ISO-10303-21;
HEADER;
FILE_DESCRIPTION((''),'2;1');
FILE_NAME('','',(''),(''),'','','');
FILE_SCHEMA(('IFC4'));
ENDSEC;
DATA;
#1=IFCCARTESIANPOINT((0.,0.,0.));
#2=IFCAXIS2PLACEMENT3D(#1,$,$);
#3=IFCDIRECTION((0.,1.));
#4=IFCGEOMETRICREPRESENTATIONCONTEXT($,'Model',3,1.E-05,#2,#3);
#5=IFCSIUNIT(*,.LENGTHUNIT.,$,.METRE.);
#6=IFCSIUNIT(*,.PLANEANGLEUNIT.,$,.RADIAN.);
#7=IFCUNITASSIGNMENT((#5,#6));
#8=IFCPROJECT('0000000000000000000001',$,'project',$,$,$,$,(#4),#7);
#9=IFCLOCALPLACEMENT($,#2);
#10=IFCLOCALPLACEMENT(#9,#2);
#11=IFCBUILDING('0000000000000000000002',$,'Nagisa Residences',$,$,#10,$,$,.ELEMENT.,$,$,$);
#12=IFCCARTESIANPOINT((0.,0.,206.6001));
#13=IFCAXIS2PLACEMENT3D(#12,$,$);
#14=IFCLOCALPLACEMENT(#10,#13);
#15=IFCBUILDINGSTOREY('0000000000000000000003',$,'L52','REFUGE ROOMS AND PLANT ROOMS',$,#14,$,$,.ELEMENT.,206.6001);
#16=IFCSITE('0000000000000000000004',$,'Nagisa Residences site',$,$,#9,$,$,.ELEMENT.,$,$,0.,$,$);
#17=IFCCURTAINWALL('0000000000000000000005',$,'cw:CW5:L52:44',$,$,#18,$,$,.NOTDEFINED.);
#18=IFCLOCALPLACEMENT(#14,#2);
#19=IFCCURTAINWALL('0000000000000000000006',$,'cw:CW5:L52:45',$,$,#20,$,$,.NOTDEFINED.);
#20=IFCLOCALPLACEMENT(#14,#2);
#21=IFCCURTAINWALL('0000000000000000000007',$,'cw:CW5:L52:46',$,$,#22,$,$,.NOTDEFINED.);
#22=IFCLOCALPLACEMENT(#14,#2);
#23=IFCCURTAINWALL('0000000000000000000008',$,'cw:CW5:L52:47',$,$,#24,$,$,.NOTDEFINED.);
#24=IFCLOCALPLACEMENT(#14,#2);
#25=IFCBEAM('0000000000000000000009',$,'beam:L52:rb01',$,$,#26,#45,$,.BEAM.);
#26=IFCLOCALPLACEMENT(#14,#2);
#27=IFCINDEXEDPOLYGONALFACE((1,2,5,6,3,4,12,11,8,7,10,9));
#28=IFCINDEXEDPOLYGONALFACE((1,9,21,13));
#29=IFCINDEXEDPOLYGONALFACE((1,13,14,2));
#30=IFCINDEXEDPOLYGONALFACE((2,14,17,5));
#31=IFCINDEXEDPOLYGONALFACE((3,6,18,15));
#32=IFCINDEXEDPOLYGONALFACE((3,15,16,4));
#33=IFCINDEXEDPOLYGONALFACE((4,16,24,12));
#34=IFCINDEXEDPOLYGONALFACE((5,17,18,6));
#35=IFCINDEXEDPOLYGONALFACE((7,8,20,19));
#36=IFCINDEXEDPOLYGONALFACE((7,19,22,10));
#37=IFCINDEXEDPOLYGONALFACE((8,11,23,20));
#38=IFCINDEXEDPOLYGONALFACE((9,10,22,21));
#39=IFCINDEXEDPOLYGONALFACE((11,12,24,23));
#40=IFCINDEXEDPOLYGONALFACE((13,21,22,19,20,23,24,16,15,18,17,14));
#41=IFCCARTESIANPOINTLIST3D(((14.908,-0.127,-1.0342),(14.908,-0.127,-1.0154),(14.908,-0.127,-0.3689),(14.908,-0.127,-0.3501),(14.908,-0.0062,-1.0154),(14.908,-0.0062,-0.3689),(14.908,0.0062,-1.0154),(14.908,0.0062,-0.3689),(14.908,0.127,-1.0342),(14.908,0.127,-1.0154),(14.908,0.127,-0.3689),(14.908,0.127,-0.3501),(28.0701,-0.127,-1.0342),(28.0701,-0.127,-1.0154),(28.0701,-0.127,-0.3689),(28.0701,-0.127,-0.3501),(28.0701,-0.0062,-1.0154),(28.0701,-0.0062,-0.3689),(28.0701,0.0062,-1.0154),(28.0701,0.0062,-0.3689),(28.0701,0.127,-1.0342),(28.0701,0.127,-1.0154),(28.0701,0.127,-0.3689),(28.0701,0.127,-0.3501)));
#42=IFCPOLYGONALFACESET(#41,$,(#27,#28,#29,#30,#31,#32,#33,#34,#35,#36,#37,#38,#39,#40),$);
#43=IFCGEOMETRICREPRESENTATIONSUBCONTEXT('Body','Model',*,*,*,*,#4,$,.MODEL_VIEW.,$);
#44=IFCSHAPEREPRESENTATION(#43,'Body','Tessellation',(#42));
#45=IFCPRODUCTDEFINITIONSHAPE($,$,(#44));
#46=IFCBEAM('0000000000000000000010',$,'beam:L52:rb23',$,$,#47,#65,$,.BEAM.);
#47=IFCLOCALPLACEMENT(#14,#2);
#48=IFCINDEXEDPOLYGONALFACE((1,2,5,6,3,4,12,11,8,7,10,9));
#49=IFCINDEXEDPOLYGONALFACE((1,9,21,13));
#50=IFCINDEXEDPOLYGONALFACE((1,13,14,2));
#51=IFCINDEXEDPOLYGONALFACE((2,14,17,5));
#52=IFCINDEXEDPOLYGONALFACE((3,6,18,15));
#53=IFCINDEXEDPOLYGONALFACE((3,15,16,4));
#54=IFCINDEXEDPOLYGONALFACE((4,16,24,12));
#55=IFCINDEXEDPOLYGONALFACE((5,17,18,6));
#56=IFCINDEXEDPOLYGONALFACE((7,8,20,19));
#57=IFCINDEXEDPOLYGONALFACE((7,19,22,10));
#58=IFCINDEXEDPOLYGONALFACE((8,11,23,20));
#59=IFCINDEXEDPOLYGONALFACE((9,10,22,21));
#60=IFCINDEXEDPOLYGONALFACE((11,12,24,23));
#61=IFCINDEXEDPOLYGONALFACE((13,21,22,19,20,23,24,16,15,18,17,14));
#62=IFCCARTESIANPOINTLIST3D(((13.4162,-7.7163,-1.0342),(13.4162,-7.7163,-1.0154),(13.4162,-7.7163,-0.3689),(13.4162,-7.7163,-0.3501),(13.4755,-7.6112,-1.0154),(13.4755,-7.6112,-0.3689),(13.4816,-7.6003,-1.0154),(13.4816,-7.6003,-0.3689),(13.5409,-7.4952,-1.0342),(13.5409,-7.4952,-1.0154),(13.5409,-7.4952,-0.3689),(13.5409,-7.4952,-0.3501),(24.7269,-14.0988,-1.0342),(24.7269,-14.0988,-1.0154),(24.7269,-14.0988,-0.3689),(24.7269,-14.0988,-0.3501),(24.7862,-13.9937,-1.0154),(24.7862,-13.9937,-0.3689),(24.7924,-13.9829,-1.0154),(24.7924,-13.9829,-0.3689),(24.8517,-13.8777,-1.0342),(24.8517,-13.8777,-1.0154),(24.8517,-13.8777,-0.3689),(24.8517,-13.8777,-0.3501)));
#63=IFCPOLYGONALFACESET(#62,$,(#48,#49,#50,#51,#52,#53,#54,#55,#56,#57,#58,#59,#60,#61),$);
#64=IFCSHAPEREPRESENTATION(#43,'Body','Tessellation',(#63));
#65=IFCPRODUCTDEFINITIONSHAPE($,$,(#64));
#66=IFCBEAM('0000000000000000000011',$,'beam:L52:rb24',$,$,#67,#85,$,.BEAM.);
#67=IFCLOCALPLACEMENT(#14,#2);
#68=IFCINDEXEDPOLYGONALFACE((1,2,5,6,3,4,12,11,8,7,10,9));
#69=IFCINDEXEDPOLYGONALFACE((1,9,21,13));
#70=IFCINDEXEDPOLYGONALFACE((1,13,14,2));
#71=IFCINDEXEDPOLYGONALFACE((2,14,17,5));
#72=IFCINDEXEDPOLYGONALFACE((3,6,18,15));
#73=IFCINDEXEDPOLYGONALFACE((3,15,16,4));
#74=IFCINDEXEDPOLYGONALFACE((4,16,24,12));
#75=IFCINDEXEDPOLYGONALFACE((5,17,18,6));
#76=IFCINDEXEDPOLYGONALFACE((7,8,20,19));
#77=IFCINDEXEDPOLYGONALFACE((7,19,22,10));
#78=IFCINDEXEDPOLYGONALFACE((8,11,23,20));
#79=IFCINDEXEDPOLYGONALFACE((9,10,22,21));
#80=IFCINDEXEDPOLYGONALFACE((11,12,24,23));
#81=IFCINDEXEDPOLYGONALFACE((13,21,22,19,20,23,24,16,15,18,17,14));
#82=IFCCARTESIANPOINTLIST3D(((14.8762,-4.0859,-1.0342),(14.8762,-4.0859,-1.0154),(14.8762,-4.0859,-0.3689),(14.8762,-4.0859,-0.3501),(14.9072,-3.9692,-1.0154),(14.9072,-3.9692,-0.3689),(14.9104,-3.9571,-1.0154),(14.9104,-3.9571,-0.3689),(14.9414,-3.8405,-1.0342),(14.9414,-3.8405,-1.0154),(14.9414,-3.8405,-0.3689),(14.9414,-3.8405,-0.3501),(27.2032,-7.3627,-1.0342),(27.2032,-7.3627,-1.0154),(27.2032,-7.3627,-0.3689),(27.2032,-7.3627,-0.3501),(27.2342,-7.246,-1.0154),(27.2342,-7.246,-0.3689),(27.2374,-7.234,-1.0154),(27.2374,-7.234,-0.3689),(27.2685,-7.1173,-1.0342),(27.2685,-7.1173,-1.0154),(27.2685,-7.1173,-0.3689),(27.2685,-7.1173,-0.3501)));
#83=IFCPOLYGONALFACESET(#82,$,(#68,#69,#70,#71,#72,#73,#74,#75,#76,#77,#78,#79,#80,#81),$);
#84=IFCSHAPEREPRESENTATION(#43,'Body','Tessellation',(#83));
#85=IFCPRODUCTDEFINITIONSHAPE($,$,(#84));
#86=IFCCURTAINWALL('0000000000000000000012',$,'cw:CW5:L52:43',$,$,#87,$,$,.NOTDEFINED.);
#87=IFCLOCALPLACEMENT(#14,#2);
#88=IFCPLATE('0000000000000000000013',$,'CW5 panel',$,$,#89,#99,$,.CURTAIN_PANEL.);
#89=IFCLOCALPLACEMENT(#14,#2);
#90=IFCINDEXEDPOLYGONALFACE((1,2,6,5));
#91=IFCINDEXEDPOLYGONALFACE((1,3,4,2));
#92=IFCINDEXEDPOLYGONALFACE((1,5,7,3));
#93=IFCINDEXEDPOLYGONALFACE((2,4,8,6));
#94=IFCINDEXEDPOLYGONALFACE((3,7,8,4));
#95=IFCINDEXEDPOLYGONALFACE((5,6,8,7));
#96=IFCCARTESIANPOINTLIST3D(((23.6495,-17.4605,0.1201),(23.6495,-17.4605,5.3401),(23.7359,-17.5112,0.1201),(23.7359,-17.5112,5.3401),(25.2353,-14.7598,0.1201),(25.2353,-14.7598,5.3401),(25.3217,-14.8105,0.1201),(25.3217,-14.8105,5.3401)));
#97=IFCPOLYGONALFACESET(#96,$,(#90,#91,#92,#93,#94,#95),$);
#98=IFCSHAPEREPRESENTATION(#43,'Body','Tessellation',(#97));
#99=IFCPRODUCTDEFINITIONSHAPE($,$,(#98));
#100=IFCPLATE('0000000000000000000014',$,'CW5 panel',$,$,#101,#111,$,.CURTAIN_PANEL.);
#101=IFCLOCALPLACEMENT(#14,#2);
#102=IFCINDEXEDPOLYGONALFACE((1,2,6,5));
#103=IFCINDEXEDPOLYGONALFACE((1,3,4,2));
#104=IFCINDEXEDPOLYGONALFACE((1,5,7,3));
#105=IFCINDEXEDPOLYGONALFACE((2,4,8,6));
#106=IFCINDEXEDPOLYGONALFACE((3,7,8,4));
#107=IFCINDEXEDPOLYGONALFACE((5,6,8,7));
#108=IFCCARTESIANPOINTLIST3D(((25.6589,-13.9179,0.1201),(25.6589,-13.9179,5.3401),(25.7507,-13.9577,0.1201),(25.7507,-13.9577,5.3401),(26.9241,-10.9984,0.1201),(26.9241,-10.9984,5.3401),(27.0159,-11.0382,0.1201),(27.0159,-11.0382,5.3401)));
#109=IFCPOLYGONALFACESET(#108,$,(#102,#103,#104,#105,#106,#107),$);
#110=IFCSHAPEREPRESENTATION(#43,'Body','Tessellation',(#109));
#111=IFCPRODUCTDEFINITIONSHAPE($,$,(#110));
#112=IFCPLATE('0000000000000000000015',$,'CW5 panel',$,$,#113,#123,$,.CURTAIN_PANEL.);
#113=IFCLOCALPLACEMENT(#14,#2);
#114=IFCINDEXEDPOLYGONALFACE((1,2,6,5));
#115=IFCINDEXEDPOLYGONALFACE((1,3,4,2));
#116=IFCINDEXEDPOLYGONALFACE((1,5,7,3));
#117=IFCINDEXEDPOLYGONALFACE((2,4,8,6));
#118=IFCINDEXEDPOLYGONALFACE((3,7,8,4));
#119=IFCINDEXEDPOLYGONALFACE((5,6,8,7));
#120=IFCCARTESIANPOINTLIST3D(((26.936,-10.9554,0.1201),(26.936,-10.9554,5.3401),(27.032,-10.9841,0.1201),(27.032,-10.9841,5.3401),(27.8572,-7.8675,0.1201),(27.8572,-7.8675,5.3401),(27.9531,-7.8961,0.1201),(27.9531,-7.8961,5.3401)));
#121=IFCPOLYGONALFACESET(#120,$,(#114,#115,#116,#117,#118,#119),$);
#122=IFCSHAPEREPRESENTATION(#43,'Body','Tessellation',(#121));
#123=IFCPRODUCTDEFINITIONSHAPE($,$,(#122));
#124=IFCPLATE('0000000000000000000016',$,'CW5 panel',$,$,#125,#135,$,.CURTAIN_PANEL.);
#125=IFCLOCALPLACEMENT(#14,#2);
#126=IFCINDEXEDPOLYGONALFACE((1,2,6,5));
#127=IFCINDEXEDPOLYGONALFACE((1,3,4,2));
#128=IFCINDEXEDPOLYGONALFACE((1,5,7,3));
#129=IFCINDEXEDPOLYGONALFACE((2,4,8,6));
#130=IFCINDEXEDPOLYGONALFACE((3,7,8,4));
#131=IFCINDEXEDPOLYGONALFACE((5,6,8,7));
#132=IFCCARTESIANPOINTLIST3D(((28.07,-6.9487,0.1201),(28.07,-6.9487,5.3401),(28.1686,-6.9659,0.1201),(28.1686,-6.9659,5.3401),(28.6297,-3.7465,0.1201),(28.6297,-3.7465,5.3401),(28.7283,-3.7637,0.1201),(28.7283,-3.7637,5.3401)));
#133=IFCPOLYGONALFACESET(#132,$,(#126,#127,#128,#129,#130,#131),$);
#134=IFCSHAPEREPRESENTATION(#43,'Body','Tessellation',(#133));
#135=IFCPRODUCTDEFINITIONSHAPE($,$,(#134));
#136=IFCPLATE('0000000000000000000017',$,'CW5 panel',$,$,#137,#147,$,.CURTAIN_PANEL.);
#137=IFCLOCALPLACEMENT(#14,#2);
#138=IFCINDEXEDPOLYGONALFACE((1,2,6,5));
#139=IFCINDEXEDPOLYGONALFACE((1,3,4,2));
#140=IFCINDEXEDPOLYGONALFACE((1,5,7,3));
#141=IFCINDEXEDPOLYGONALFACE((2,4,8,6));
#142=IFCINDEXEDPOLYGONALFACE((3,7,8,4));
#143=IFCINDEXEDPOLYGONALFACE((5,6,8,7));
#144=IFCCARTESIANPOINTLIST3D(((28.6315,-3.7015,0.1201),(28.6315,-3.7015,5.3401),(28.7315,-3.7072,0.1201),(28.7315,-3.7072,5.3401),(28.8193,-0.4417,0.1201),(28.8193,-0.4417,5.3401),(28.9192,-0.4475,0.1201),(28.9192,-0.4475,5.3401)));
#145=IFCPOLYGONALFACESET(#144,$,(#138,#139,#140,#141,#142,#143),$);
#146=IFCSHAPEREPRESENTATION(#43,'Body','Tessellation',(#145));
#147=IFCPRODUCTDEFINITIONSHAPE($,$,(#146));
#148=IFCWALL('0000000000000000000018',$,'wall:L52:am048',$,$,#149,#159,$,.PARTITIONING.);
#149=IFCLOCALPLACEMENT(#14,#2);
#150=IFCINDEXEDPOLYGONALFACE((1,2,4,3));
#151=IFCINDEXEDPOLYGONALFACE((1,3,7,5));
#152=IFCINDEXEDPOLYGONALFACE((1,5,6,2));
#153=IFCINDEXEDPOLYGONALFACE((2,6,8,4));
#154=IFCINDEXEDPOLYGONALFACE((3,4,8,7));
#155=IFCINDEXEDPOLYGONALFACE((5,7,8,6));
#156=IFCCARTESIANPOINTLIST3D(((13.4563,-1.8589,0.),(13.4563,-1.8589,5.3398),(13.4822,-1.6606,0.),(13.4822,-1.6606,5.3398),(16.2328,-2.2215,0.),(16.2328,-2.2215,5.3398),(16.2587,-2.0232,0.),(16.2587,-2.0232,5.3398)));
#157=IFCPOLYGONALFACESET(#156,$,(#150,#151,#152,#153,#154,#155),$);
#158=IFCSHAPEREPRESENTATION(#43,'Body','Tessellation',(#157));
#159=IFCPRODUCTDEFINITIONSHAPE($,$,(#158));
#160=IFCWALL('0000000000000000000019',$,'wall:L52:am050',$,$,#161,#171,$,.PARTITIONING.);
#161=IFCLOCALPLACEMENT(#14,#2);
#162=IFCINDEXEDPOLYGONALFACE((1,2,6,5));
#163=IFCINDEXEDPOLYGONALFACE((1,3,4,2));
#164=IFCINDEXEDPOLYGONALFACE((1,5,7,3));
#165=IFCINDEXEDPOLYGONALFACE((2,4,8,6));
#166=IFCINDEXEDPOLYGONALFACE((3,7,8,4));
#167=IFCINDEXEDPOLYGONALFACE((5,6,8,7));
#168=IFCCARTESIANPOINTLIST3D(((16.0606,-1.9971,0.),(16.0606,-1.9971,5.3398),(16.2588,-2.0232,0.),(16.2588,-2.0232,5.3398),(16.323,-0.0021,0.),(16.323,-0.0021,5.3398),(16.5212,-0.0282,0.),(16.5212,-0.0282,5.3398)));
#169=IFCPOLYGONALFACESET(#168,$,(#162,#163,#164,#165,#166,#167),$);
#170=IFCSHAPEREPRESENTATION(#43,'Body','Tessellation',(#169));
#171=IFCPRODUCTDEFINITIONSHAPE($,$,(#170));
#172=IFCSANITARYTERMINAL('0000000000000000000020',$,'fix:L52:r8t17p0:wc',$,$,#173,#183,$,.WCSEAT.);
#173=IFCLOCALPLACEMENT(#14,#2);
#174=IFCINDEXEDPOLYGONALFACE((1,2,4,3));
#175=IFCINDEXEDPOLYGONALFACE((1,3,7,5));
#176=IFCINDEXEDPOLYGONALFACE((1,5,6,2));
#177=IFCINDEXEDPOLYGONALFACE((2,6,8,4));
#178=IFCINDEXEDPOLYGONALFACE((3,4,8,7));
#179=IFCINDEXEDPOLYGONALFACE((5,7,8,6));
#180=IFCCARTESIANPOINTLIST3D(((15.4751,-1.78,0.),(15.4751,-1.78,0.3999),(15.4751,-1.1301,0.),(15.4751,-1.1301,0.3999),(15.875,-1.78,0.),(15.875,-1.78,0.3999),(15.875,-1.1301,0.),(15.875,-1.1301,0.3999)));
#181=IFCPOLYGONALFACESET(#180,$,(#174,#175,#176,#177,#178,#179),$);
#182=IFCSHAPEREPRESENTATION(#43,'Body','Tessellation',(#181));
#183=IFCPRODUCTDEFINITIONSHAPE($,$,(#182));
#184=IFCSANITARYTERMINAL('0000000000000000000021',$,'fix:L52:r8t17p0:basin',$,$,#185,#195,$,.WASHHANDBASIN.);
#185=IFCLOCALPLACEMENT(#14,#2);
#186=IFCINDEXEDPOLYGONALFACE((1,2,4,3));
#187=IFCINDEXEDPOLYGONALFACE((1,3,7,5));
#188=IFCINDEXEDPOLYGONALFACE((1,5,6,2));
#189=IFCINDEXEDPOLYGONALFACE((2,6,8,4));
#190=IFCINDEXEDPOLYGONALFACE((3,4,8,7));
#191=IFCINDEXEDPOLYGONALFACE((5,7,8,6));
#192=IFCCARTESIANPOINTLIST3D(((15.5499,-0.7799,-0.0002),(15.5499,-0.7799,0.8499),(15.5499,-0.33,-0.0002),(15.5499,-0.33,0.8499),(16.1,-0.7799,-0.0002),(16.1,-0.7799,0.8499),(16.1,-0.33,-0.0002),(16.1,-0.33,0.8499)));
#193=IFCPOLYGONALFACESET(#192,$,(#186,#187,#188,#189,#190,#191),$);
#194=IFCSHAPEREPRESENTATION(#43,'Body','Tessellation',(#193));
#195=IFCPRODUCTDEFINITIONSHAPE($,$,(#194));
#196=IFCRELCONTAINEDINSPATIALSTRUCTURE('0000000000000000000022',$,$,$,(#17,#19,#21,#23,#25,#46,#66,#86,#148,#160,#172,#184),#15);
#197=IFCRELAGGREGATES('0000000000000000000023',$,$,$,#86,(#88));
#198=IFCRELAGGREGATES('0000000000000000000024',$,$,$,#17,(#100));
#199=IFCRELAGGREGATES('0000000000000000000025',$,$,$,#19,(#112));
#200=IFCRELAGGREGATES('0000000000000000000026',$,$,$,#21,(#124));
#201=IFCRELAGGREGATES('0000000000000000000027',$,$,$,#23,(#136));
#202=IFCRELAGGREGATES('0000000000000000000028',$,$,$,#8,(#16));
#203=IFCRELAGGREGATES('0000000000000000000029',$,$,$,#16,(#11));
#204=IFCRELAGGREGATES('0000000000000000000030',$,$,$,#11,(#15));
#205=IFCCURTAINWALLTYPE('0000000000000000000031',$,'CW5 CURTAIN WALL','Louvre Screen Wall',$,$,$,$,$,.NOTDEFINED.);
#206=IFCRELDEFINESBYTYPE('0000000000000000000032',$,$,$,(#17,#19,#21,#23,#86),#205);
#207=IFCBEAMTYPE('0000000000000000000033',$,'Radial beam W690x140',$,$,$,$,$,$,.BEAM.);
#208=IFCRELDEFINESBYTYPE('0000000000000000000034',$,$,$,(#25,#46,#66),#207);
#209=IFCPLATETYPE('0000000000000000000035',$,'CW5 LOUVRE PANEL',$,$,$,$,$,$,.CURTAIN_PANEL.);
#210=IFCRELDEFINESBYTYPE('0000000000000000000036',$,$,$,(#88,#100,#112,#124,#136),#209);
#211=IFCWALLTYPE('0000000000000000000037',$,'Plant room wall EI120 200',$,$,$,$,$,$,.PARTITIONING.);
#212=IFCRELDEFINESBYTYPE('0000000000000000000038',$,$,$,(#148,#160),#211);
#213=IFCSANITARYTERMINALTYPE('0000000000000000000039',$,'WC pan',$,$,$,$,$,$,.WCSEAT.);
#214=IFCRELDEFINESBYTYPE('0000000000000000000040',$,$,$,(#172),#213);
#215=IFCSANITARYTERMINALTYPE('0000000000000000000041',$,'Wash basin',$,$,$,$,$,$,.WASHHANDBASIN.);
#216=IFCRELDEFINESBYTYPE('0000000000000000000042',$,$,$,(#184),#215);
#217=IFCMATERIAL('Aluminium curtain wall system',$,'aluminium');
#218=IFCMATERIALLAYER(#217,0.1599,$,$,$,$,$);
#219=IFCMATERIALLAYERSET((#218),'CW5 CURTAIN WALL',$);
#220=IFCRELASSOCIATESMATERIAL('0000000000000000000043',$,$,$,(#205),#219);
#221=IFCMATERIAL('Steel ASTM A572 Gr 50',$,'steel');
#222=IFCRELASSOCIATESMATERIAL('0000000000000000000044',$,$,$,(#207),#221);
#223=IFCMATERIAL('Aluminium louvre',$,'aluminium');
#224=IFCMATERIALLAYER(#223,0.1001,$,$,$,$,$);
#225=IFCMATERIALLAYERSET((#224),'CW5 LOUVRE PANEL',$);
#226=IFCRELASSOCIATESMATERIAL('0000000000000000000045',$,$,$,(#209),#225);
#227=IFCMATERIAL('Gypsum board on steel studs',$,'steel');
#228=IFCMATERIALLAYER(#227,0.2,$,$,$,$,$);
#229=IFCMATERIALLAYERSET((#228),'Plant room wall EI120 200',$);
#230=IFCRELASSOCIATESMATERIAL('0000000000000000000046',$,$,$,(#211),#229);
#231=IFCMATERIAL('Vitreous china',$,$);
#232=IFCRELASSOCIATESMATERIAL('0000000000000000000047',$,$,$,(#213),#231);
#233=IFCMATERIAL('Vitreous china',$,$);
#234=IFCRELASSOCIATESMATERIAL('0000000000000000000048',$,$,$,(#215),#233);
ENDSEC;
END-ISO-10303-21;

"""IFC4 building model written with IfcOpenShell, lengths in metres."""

from ifc_helpers import new_model, si_unit, direction, frame, frame_2d, origin, origin_2d, place, context, subcontext, project, spatial, rectangle, i_section, extrude, material, layer, layer_set, material_profile, profile_set, type_object, element, aggregate, save


model = new_model("IFC4")

# Units and contexts
model_context = context("Model", 3, precision=1e-05, world=origin(), true_north=direction((0.0, 1.0)))
body_context = subcontext(model_context, "Body", "Model", "MODEL_VIEW")
ifc_project = project(units=[si_unit("LENGTHUNIT", "METRE"), si_unit("PLANEANGLEUNIT", "RADIAN")], contexts=[model_context])

# Site, building, storey
site_placement = place(None, origin())
site = spatial("IfcSite", under=ifc_project, at=site_placement, Name="Nagisa Residences site", CompositionType="ELEMENT", RefElevation=0.0)
building_placement = place(site_placement, origin())
building = spatial("IfcBuilding", under=site, at=building_placement, Name="Nagisa Residences", CompositionType="ELEMENT")
storey_placement = place(building_placement, frame((0.0, 0.0, 206.6001)))
storey = spatial("IfcBuildingStorey", under=building, at=storey_placement, Name="L52", Description="REFUGE ROOMS AND PLANT ROOMS", CompositionType="ELEMENT", Elevation=206.6001)

# Curtain walls
ifc_material_1 = material(Name="Aluminium curtain wall system", Category="aluminium")
ifc_layer_1 = layer(ifc_material_1, 0.1599)
ifc_layer_set_1 = layer_set([ifc_layer_1], Name="CW5 CURTAIN WALL")
curtain_wall_type = type_object("IfcCurtainWallType", Name="CW5 CURTAIN WALL", Description="Louvre Screen Wall", PredefinedType="NOTDEFINED", material=ifc_layer_set_1)
curtain_wall_1_placement = place(storey_placement, origin())
curtain_wall_1 = element("IfcCurtainWall", 1, at=curtain_wall_1_placement, inside=storey, type_object=curtain_wall_type, Name="cw:CW5:L52:44", PredefinedType="NOTDEFINED")
curtain_wall_2_placement = place(storey_placement, origin())
curtain_wall_2 = element("IfcCurtainWall", 2, at=curtain_wall_2_placement, inside=storey, type_object=curtain_wall_type, Name="cw:CW5:L52:45", PredefinedType="NOTDEFINED")
curtain_wall_3_placement = place(storey_placement, origin())
curtain_wall_3 = element("IfcCurtainWall", 3, at=curtain_wall_3_placement, inside=storey, type_object=curtain_wall_type, Name="cw:CW5:L52:46", PredefinedType="NOTDEFINED")
curtain_wall_4_placement = place(storey_placement, origin())
curtain_wall_4 = element("IfcCurtainWall", 4, at=curtain_wall_4_placement, inside=storey, type_object=curtain_wall_type, Name="cw:CW5:L52:47", PredefinedType="NOTDEFINED")

# Beams
ifc_material_2 = material(Name="Steel ASTM A572 Gr 50", Category="steel")
ifc_material_profile_1 = material_profile(ifc_material_2, i_section(OverallWidth=0.2539, OverallDepth=0.6841, WebThickness=0.0125, FlangeThickness=0.0188, at=origin_2d()), Name="W690x140")
ifc_profile_set_1 = profile_set([ifc_material_profile_1], Name="Steel ASTM A572 Gr 50")
beam_type_1 = type_object("IfcBeamType", Name="Radial beam W690x140", PredefinedType="BEAM", material=ifc_profile_set_1)
beam_1_placement = place(storey_placement, frame((28.0701, 0.0, -0.6921), z_axis=(-1.0, 0.0, 0.0), x_axis=(0.0, -1.0, 0.0)))
element("IfcBeam", 5, at=beam_1_placement, inside=storey, type_object=beam_type_1, Name="beam:L52:rb01", PredefinedType="BEAM", context=body_context, shape_type="SweptSolid", body=[
    extrude(i_section(OverallWidth=0.2539, OverallDepth=0.6841, WebThickness=0.0125, FlangeThickness=0.0188, at=origin_2d()), origin(), (0.0, 0.0, 1.0), 13.1621),
])
beam_2_placement = place(storey_placement, frame((24.7893, -13.9883, -0.6921), z_axis=(-0.870909, 0.491445, 0.0), x_axis=(-0.491445, -0.870909, 0.0)))
element("IfcBeam", 6, at=beam_2_placement, inside=storey, type_object=beam_type_1, Name="beam:L52:rb23", PredefinedType="BEAM", context=body_context, shape_type="SweptSolid", body=[
    extrude(i_section(OverallWidth=0.2539, OverallDepth=0.6841, WebThickness=0.0125, FlangeThickness=0.0188, at=origin_2d()), origin(), (0.0, 0.0, 1.0), 12.9873),
])
beam_3_placement = place(storey_placement, frame((27.2358, -7.24, -0.6921), z_axis=(-0.966437, 0.256903, 0.0), x_axis=(-0.256903, -0.966437, 0.0)))
element("IfcBeam", 7, at=beam_3_placement, inside=storey, type_object=beam_type_1, Name="beam:L52:rb24", PredefinedType="BEAM", context=body_context, shape_type="SweptSolid", body=[
    extrude(i_section(OverallWidth=0.2539, OverallDepth=0.6841, WebThickness=0.0125, FlangeThickness=0.0188, at=origin_2d()), origin(), (0.0, 0.0, 1.0), 12.7551),
])

# Curtain wall, plate
curtain_wall_5_placement = place(storey_placement, origin())
curtain_wall_5 = element("IfcCurtainWall", 8, at=curtain_wall_5_placement, inside=storey, type_object=curtain_wall_type, Name="cw:CW5:L52:43", PredefinedType="NOTDEFINED")
ifc_material_3 = material(Name="Aluminium louvre", Category="aluminium")
ifc_layer_2 = layer(ifc_material_3, 0.1001)
ifc_layer_set_2 = layer_set([ifc_layer_2], Name="CW5 LOUVRE PANEL")
plate_type = type_object("IfcPlateType", Name="CW5 LOUVRE PANEL", PredefinedType="CURTAIN_PANEL", material=ifc_layer_set_2)
plate_1_placement = place(storey_placement, frame((24.4856, -16.1355, 0.1201), z_axis=(0.0, 0.0, 1.0), x_axis=(0.506349, 0.862329, 0.0)))
plate_1 = element("IfcPlate", 9, at=plate_1_placement, type_object=plate_type, Name="CW5 panel", PredefinedType="CURTAIN_PANEL", context=body_context, shape_type="SweptSolid", body=[
    extrude(rectangle(XDim=3.1318, YDim=0.1001, at=origin_2d()), origin(), (0.0, 0.0, 1.0), 5.22),
])
aggregate(curtain_wall_5, [plate_1])

# Plates
plate_2_placement = place(storey_placement, frame((26.3374, -12.478, 0.1201), z_axis=(0.0, 0.0, 1.0), x_axis=(0.397636, 0.917543, 0.0)))
plate_2 = element("IfcPlate", 10, at=plate_2_placement, type_object=plate_type, Name="CW5 panel", PredefinedType="CURTAIN_PANEL", context=body_context, shape_type="SweptSolid", body=[
    extrude(rectangle(XDim=3.1819, YDim=0.1001, at=origin_2d()), origin(), (0.0, 0.0, 1.0), 5.22),
])
aggregate(curtain_wall_1, [plate_2])
plate_3_placement = place(storey_placement, frame((27.4446, -9.4258, 0.1201), z_axis=(0.0, 0.0, 1.0), x_axis=(0.28586, 0.958271, 0.0)))
plate_3 = element("IfcPlate", 11, at=plate_3_placement, type_object=plate_type, Name="CW5 panel", PredefinedType="CURTAIN_PANEL", context=body_context, shape_type="SweptSolid", body=[
    extrude(rectangle(XDim=3.2224, YDim=0.1001, at=origin_2d()), origin(), (0.0, 0.0, 1.0), 5.22),
])
aggregate(curtain_wall_2, [plate_3])
plate_4_placement = place(storey_placement, frame((28.3992, -5.3562, 0.1201), z_axis=(0.0, 0.0, 1.0), x_axis=(0.172191, 0.985064, 0.0)))
plate_4 = element("IfcPlate", 12, at=plate_4_placement, type_object=plate_type, Name="CW5 panel", PredefinedType="CURTAIN_PANEL", context=body_context, shape_type="SweptSolid", body=[
    extrude(rectangle(XDim=3.2507, YDim=0.1001, at=origin_2d()), origin(), (0.0, 0.0, 1.0), 5.22),
])
aggregate(curtain_wall_3, [plate_4])
plate_5_placement = place(storey_placement, frame((28.7754, -2.0745, 0.1201), z_axis=(0.0, 0.0, 1.0), x_axis=(0.057503, 0.998345, 0.0)))
plate_5 = element("IfcPlate", 13, at=plate_5_placement, type_object=plate_type, Name="CW5 panel", PredefinedType="CURTAIN_PANEL", context=body_context, shape_type="SweptSolid", body=[
    extrude(rectangle(XDim=3.2651, YDim=0.1001, at=origin_2d()), origin(), (0.0, 0.0, 1.0), 5.22),
])
aggregate(curtain_wall_4, [plate_5])

# Walls
ifc_material_4 = material(Name="Gypsum board on steel studs", Category="steel")
ifc_layer_3 = layer(ifc_material_4, 0.2)
ifc_layer_set_3 = layer_set([ifc_layer_3], Name="Plant room wall EI120 200")
wall_type = type_object("IfcWallType", Name="Plant room wall EI120 200", PredefinedType="PARTITIONING", material=ifc_layer_set_3)
wall_1_placement = place(storey_placement, frame((16.2456, -2.1223, 0.0), z_axis=(0.0, 0.0, 1.0), x_axis=(-0.991581, 0.129485, 0.0)))
element("IfcWall", 14, at=wall_1_placement, inside=storey, type_object=wall_type, Name="wall:L52:am048", PredefinedType="PARTITIONING", context=body_context, shape_type="SweptSolid", body=[
    extrude(rectangle(XDim=2.8, YDim=0.2, at=frame_2d((1.3999, 0.0))), origin(), (0.0, 0.0, 1.0), 5.3398),
])
wall_2_placement = place(storey_placement, frame((16.4221, -0.0151, 0.0), z_axis=(0.0, 0.0, 1.0), x_axis=(-0.130423, -0.991458, 0.0)))
element("IfcWall", 15, at=wall_2_placement, inside=storey, type_object=wall_type, Name="wall:L52:am050", PredefinedType="PARTITIONING", context=body_context, shape_type="SweptSolid", body=[
    extrude(rectangle(XDim=2.0122, YDim=0.2, at=frame_2d((1.0061, 0.0))), origin(), (0.0, 0.0, 1.0), 5.3398),
])

# Sanitary terminals
ifc_material_5 = material(Name="Vitreous china")
sanitary_terminal_type_1 = type_object("IfcSanitaryTerminalType", Name="WC pan", PredefinedType="WCSEAT", material=ifc_material_5)
sanitary_terminal_1_placement = place(storey_placement, frame((15.675, -1.4551, 0.0), z_axis=(0.0, 0.0, 1.0), x_axis=(1.0, 0.0, 0.0)))
element("IfcSanitaryTerminal", 16, at=sanitary_terminal_1_placement, inside=storey, type_object=sanitary_terminal_type_1, Name="fix:L52:r8t17p0:wc", PredefinedType="WCSEAT", context=body_context, shape_type="SweptSolid", body=[
    extrude(rectangle(XDim=0.3999, YDim=0.6499, at=origin_2d()), origin(), (0.0, 0.0, 1.0), 0.3999),
])
ifc_material_6 = material(Name="Vitreous china")
sanitary_terminal_type_2 = type_object("IfcSanitaryTerminalType", Name="Wash basin", PredefinedType="WASHHANDBASIN", material=ifc_material_6)
sanitary_terminal_2_placement = place(storey_placement, frame((15.825, -0.5549, -0.0002), z_axis=(0.0, 0.0, 1.0), x_axis=(1.0, 0.0, 0.0)))
element("IfcSanitaryTerminal", 17, at=sanitary_terminal_2_placement, inside=storey, type_object=sanitary_terminal_type_2, Name="fix:L52:r8t17p0:basin", PredefinedType="WASHHANDBASIN", context=body_context, shape_type="SweptSolid", body=[
    extrude(rectangle(XDim=0.55, YDim=0.45, at=origin_2d()), origin(), (0.0, 0.0, 1.0), 0.8501),
])

save(model, "model.ifc")
